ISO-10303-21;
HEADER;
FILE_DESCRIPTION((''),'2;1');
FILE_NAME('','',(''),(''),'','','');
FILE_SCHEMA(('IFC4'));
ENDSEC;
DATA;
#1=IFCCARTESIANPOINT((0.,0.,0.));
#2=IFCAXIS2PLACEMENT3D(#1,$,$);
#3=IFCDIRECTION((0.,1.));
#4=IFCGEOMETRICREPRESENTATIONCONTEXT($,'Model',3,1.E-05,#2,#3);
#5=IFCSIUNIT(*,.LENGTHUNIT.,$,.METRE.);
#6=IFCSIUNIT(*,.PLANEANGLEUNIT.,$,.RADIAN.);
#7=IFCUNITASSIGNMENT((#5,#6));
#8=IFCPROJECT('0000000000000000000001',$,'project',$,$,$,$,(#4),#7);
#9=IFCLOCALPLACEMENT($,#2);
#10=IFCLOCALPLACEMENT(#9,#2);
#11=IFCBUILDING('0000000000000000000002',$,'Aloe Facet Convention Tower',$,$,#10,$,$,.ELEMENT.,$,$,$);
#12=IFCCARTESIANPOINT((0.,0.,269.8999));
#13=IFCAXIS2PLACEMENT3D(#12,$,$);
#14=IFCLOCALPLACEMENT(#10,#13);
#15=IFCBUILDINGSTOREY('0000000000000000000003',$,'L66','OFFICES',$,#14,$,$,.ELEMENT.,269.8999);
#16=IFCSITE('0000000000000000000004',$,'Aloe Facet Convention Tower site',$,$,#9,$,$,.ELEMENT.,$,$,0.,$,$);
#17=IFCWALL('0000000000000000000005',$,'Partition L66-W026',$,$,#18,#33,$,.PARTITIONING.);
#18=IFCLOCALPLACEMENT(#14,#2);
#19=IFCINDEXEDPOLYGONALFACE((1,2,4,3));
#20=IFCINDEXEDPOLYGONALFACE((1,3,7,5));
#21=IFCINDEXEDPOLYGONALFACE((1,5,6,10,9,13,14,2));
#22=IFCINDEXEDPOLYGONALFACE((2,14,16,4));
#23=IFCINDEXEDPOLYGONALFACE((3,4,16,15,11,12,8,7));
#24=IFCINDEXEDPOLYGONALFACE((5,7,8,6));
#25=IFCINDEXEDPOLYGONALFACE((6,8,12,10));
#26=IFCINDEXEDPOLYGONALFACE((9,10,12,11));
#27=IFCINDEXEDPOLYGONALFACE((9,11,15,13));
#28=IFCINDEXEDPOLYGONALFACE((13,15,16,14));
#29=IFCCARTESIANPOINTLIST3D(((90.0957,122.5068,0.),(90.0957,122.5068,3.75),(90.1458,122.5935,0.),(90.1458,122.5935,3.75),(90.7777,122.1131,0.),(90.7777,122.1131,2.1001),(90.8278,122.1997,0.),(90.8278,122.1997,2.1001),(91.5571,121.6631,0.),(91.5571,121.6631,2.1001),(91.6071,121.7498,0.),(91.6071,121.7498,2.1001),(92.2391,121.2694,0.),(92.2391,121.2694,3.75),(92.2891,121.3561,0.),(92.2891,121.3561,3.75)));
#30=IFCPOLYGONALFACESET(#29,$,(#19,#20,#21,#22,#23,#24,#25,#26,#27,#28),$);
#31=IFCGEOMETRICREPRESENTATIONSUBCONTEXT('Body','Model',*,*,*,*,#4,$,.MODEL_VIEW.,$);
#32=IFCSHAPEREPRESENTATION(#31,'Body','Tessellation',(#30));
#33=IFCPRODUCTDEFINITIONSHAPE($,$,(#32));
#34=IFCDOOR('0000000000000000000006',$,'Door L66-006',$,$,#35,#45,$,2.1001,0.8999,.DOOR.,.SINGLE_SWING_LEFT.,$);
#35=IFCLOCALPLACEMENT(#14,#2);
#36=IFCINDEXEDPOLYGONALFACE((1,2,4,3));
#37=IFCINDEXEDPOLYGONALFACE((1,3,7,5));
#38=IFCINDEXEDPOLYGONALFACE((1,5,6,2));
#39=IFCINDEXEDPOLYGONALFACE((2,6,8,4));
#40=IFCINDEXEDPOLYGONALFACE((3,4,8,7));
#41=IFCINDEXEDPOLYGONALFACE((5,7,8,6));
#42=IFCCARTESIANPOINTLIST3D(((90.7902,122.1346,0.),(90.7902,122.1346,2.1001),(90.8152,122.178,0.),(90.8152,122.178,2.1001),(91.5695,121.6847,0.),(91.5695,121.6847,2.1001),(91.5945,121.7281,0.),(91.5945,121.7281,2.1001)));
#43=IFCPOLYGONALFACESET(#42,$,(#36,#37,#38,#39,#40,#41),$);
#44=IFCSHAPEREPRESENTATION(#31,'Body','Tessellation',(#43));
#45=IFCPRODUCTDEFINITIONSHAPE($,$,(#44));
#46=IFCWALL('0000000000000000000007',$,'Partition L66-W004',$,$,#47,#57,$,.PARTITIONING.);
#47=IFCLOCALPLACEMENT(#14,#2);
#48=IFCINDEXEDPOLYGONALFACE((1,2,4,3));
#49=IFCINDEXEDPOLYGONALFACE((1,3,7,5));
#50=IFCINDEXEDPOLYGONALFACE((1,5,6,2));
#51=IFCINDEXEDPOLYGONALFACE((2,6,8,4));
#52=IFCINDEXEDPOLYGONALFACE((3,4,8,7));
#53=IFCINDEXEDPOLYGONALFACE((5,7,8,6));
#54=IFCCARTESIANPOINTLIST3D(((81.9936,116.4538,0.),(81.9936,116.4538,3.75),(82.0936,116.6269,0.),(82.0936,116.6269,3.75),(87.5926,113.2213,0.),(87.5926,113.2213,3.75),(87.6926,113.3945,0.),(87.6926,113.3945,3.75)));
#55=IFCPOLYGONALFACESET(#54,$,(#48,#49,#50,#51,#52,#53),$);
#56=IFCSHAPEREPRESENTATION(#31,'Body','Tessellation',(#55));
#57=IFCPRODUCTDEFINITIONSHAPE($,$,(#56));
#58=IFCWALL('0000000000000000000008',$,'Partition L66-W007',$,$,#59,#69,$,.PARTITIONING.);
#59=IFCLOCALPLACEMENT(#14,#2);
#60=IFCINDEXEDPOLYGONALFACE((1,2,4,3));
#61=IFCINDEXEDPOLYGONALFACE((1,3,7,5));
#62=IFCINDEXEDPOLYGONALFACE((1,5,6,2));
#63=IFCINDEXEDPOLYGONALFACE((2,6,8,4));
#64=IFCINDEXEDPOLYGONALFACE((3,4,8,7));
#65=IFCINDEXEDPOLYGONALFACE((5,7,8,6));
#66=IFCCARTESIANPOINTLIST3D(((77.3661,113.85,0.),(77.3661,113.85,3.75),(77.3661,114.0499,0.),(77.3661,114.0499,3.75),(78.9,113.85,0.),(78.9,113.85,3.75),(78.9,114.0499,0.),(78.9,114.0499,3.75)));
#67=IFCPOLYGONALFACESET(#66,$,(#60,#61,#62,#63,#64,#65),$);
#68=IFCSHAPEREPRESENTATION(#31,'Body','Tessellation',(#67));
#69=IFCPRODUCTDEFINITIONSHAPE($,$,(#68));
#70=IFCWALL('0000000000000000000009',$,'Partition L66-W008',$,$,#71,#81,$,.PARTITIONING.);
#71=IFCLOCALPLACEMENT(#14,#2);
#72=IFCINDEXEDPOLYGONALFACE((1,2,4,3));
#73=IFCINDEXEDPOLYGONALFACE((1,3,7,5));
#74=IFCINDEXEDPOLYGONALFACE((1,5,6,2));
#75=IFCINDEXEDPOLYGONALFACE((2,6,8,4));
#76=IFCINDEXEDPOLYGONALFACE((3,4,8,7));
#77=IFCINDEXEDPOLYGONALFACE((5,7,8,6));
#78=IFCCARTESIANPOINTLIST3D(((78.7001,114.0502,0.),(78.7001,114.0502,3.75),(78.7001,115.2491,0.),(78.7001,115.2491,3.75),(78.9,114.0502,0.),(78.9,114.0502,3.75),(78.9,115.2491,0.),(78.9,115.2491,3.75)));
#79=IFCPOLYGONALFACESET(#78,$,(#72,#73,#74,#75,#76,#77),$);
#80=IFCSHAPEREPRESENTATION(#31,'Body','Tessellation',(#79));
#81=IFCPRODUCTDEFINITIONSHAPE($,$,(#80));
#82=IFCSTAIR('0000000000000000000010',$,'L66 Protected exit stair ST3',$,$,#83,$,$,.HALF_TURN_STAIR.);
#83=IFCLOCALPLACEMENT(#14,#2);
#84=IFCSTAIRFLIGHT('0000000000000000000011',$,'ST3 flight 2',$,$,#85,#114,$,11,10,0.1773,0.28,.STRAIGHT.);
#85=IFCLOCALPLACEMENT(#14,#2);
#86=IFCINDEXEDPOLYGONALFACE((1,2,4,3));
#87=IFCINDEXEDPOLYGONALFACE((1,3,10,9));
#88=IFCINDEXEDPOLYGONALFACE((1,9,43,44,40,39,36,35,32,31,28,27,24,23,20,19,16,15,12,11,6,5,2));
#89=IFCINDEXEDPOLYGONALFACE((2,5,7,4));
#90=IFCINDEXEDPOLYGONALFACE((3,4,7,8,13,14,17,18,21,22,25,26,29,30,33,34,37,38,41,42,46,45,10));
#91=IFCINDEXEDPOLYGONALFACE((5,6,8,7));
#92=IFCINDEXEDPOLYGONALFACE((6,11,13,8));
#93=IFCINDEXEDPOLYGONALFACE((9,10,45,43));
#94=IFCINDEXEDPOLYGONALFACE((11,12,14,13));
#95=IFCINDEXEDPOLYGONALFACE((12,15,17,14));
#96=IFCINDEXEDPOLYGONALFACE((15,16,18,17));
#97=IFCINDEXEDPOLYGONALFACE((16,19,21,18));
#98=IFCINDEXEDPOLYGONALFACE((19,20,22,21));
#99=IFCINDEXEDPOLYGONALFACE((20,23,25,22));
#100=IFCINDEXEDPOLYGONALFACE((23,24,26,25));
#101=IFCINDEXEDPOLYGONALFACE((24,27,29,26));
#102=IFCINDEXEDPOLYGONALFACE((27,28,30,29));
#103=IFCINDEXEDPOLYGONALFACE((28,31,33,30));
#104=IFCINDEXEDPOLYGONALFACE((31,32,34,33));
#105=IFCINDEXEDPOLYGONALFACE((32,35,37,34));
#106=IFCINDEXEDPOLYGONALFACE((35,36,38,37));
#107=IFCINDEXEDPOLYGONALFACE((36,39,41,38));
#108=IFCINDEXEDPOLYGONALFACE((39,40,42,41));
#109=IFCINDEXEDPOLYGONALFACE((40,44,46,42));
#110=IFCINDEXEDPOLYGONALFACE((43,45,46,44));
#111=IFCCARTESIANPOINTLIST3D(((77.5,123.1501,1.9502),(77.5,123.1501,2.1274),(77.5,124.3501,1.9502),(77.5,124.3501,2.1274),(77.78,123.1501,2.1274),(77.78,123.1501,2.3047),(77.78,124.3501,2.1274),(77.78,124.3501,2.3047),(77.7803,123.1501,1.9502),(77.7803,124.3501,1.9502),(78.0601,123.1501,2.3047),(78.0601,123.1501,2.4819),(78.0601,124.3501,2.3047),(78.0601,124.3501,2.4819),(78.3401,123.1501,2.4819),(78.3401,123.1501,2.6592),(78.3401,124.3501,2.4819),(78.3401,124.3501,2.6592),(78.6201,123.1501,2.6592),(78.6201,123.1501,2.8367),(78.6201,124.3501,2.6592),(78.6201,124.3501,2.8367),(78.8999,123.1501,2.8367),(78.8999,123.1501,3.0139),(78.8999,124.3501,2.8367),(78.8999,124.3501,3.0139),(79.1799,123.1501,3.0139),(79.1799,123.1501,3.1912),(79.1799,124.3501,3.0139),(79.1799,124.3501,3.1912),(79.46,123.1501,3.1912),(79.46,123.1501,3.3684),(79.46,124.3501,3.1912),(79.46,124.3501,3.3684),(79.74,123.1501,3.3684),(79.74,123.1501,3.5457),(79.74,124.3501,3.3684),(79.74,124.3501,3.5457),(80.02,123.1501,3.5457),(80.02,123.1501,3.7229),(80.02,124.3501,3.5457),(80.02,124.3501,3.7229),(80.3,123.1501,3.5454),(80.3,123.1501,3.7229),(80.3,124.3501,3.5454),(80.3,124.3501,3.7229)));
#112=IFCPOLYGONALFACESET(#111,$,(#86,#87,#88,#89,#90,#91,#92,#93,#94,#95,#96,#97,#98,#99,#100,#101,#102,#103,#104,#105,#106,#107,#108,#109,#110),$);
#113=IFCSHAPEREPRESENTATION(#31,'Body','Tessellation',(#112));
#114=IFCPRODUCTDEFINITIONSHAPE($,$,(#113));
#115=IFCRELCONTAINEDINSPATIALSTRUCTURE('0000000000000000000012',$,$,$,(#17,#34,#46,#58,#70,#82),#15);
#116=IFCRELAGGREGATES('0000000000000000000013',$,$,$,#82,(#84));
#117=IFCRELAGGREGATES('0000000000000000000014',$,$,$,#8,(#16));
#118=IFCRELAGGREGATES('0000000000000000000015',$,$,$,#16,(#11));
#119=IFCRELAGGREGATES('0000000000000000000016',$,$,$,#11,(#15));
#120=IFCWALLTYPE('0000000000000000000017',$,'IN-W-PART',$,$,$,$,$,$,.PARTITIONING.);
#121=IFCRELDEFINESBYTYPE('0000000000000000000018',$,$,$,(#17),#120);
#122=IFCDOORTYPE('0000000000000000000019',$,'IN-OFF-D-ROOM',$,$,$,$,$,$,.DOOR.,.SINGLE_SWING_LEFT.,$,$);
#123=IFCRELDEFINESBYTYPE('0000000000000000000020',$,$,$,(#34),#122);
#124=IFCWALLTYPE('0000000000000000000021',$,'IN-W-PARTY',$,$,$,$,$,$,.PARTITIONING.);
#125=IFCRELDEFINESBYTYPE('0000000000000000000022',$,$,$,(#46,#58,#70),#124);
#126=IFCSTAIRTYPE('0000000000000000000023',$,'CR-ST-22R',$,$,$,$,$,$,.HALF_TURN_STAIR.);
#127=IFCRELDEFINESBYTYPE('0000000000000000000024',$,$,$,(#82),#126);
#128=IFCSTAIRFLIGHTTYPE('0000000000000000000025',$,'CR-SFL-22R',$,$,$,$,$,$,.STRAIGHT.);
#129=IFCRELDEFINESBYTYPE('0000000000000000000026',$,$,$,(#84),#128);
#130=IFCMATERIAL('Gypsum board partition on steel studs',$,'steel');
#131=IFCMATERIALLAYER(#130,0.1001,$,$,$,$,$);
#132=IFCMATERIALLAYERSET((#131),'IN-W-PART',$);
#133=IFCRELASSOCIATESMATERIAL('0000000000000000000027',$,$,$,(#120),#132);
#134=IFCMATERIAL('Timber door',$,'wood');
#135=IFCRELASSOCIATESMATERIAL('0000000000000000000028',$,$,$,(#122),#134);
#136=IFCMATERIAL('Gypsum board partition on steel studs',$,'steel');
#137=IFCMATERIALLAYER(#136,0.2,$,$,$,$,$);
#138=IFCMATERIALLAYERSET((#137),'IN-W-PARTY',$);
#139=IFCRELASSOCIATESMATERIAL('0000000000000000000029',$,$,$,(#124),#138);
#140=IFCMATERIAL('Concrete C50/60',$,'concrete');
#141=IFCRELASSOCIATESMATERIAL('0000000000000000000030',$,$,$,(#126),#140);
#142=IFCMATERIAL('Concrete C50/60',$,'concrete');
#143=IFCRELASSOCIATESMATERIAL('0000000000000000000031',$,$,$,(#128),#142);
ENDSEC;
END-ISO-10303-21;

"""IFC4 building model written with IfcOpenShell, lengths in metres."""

from ifc_helpers import new_model, si_unit, direction, frame, frame_2d, origin, place, context, subcontext, project, spatial, polyline, rectangle, outline, extrude, material, layer, layer_set, type_object, element, fill, aggregate, save


model = new_model("IFC4")

# Units and contexts
model_context = context("Model", 3, precision=1e-05, world=origin(), true_north=direction((0.0, 1.0)))
body_context = subcontext(model_context, "Body", "Model", "MODEL_VIEW")
ifc_project = project(units=[si_unit("LENGTHUNIT", "METRE"), si_unit("PLANEANGLEUNIT", "RADIAN")], contexts=[model_context])

# Site, building, storey
site_placement = place(None, origin())
site = spatial("IfcSite", under=ifc_project, at=site_placement, Name="Aloe Facet Convention Tower site", CompositionType="ELEMENT", RefElevation=0.0)
building_placement = place(site_placement, origin())
building = spatial("IfcBuilding", under=site, at=building_placement, Name="Aloe Facet Convention Tower", CompositionType="ELEMENT")
storey_placement = place(building_placement, frame((0.0, 0.0, 269.8999)))
storey = spatial("IfcBuildingStorey", under=building, at=storey_placement, Name="L66", Description="OFFICES", CompositionType="ELEMENT", Elevation=269.8999)

# Shared definitions
ifc_material_1 = material(Name="Gypsum board partition on steel studs", Category="steel")
ifc_layer_1 = layer(ifc_material_1, 0.1001)
ifc_layer_set_1 = layer_set([ifc_layer_1], Name="IN-W-PART")
wall_type_1 = type_object("IfcWallType", Name="IN-W-PART", PredefinedType="PARTITIONING", material=ifc_layer_set_1)

# Wall, opening, door
wall_1_placement = place(storey_placement, frame((90.1208, 122.55, 0.0), z_axis=(0.0, 0.0, 1.0), x_axis=(0.866049, -0.499959, 0.0)))
wall_1 = element("IfcWall", 1, at=wall_1_placement, inside=storey, type_object=wall_type_1, Name="Partition L66-W026", PredefinedType="PARTITIONING", context=body_context, shape_type="SweptSolid", body=[
    extrude(rectangle(XDim=2.4749, YDim=0.1001, at=frame_2d((1.2373, 0.0))), origin(), (0.0, 0.0, 1.0), 3.75),
])
opening_1_placement = place(wall_1_placement, frame((0.7874, 0.0, 0.0)))
opening_1 = element("IfcOpeningElement", 2, at=opening_1_placement, cuts=wall_1, PredefinedType="OPENING", context=body_context, shape_type="SweptSolid", body=[
    extrude(rectangle(XDim=0.8999, YDim=2.1001, at=frame_2d((0.45, 1.05))), frame((0.0, 0.0601, 0.0), z_axis=(0.0, -1.0, 0.0), x_axis=(1.0, 0.0, 0.0)), (0.0, 0.0, 1.0), 0.1201),
])
ifc_material_2 = material(Name="Timber door", Category="wood")
door_type_1 = type_object("IfcDoorType", Name="IN-OFF-D-ROOM", OperationType="SINGLE_SWING_LEFT", PredefinedType="DOOR", material=ifc_material_2)
door_1_placement = place(opening_1_placement, origin())
door_1 = element("IfcDoor", 3, at=door_1_placement, inside=storey, type_object=door_type_1, Name="Door L66-006", OperationType="SINGLE_SWING_LEFT", OverallHeight=2.1001, OverallWidth=0.8999, PredefinedType="DOOR", context=body_context, shape_type="SweptSolid", body=[
    extrude(rectangle(XDim=0.8999, YDim=2.1001, at=frame_2d((0.45, 1.05))), frame((0.0, 0.0249, 0.0), z_axis=(0.0, -1.0, 0.0), x_axis=(1.0, 0.0, 0.0)), (0.0, 0.0, 1.0), 0.05),
])
fill(opening_1, door_1)

# Walls
ifc_material_3 = material(Name="Gypsum board partition on steel studs", Category="steel")
ifc_layer_2 = layer(ifc_material_3, 0.2)
ifc_layer_set_2 = layer_set([ifc_layer_2], Name="IN-W-PARTY")
wall_type_2 = type_object("IfcWallType", Name="IN-W-PARTY", PredefinedType="PARTITIONING", material=ifc_layer_set_2)
wall_2_placement = place(storey_placement, frame((82.0437, 116.5403, 0.0), z_axis=(0.0, 0.0, 1.0), x_axis=(0.866032, -0.499989, 0.0)))
element("IfcWall", 4, at=wall_2_placement, inside=storey, type_object=wall_type_2, Name="Partition L66-W004", PredefinedType="PARTITIONING", context=body_context, shape_type="SweptSolid", body=[
    extrude(rectangle(XDim=6.4651, YDim=0.2, at=frame_2d((3.2324, 0.0))), origin(), (0.0, 0.0, 1.0), 3.75),
])
wall_3_placement = place(storey_placement, frame((77.366, 113.95, 0.0), z_axis=(0.0, 0.0, 1.0), x_axis=(1.0, 0.0, 0.0)))
element("IfcWall", 5, at=wall_3_placement, inside=storey, type_object=wall_type_2, Name="Partition L66-W007", PredefinedType="PARTITIONING", context=body_context, shape_type="SweptSolid", body=[
    extrude(rectangle(XDim=1.5339, YDim=0.2, at=frame_2d((0.7671, 0.0))), origin(), (0.0, 0.0, 1.0), 3.75),
])
wall_4_placement = place(storey_placement, frame((78.8, 114.05, 0.0), z_axis=(0.0, 0.0, 1.0), x_axis=(0.0, 1.0, 0.0)))
element("IfcWall", 6, at=wall_4_placement, inside=storey, type_object=wall_type_2, Name="Partition L66-W008", PredefinedType="PARTITIONING", context=body_context, shape_type="SweptSolid", body=[
    extrude(rectangle(XDim=1.199, YDim=0.2, at=frame_2d((0.5996, 0.0))), origin(), (0.0, 0.0, 1.0), 3.75),
])

# Stair, stair flight
ifc_material_4 = material(Name="Concrete C50/60", Category="concrete")
stair_type = type_object("IfcStairType", Name="CR-ST-22R", PredefinedType="HALF_TURN_STAIR", material=ifc_material_4)
stair_placement = place(storey_placement, origin())
stair = element("IfcStair", 7, at=stair_placement, inside=storey, type_object=stair_type, Name="L66 Protected exit stair ST3", PredefinedType="HALF_TURN_STAIR")
ifc_material_5 = material(Name="Concrete C50/60", Category="concrete")
stair_flight_type = type_object("IfcStairFlightType", Name="CR-SFL-22R", PredefinedType="STRAIGHT", material=ifc_material_5)
stair_flight_placement = place(storey_placement, frame((77.5, 123.75, 1.9502), z_axis=(0.0, 0.0, 1.0), x_axis=(1.0, 0.0, 0.0)))
stair_flight = element("IfcStairFlight", 8, at=stair_flight_placement, type_object=stair_flight_type, Name="ST3 flight 2", NumberOfRisers=11, NumberOfTreads=10, PredefinedType="STRAIGHT", RiserHeight=0.1773, TreadLength=0.28, context=body_context, shape_type="SweptSolid", body=[
    extrude(outline(polyline([(0.0, 0.0), (0.0, 0.1772), (0.28, 0.1772), (0.28, 0.3545), (0.5601, 0.3545), (0.5601, 0.5317), (0.8401, 0.5317), (0.8401, 0.709), (1.1201, 0.709), (1.1201, 0.8865), (1.3999, 0.8865), (1.3999, 1.0637), (1.6799, 1.0637), (1.6799, 1.241), (1.96, 1.241), (1.96, 1.4182), (2.24, 1.4182), (2.24, 1.5955), (2.52, 1.5955), (2.52, 1.7727), (2.8, 1.7727), (2.8, 1.95), (2.8, 1.5952), (0.2803, 0.0), (0.0, 0.0)])), frame((0.0, 0.6001, 0.0), z_axis=(0.0, -1.0, 0.0), x_axis=(1.0, 0.0, 0.0)), (0.0, 0.0, 1.0), 1.2),
])
aggregate(stair, [stair_flight])

save(model, "model.ifc")
